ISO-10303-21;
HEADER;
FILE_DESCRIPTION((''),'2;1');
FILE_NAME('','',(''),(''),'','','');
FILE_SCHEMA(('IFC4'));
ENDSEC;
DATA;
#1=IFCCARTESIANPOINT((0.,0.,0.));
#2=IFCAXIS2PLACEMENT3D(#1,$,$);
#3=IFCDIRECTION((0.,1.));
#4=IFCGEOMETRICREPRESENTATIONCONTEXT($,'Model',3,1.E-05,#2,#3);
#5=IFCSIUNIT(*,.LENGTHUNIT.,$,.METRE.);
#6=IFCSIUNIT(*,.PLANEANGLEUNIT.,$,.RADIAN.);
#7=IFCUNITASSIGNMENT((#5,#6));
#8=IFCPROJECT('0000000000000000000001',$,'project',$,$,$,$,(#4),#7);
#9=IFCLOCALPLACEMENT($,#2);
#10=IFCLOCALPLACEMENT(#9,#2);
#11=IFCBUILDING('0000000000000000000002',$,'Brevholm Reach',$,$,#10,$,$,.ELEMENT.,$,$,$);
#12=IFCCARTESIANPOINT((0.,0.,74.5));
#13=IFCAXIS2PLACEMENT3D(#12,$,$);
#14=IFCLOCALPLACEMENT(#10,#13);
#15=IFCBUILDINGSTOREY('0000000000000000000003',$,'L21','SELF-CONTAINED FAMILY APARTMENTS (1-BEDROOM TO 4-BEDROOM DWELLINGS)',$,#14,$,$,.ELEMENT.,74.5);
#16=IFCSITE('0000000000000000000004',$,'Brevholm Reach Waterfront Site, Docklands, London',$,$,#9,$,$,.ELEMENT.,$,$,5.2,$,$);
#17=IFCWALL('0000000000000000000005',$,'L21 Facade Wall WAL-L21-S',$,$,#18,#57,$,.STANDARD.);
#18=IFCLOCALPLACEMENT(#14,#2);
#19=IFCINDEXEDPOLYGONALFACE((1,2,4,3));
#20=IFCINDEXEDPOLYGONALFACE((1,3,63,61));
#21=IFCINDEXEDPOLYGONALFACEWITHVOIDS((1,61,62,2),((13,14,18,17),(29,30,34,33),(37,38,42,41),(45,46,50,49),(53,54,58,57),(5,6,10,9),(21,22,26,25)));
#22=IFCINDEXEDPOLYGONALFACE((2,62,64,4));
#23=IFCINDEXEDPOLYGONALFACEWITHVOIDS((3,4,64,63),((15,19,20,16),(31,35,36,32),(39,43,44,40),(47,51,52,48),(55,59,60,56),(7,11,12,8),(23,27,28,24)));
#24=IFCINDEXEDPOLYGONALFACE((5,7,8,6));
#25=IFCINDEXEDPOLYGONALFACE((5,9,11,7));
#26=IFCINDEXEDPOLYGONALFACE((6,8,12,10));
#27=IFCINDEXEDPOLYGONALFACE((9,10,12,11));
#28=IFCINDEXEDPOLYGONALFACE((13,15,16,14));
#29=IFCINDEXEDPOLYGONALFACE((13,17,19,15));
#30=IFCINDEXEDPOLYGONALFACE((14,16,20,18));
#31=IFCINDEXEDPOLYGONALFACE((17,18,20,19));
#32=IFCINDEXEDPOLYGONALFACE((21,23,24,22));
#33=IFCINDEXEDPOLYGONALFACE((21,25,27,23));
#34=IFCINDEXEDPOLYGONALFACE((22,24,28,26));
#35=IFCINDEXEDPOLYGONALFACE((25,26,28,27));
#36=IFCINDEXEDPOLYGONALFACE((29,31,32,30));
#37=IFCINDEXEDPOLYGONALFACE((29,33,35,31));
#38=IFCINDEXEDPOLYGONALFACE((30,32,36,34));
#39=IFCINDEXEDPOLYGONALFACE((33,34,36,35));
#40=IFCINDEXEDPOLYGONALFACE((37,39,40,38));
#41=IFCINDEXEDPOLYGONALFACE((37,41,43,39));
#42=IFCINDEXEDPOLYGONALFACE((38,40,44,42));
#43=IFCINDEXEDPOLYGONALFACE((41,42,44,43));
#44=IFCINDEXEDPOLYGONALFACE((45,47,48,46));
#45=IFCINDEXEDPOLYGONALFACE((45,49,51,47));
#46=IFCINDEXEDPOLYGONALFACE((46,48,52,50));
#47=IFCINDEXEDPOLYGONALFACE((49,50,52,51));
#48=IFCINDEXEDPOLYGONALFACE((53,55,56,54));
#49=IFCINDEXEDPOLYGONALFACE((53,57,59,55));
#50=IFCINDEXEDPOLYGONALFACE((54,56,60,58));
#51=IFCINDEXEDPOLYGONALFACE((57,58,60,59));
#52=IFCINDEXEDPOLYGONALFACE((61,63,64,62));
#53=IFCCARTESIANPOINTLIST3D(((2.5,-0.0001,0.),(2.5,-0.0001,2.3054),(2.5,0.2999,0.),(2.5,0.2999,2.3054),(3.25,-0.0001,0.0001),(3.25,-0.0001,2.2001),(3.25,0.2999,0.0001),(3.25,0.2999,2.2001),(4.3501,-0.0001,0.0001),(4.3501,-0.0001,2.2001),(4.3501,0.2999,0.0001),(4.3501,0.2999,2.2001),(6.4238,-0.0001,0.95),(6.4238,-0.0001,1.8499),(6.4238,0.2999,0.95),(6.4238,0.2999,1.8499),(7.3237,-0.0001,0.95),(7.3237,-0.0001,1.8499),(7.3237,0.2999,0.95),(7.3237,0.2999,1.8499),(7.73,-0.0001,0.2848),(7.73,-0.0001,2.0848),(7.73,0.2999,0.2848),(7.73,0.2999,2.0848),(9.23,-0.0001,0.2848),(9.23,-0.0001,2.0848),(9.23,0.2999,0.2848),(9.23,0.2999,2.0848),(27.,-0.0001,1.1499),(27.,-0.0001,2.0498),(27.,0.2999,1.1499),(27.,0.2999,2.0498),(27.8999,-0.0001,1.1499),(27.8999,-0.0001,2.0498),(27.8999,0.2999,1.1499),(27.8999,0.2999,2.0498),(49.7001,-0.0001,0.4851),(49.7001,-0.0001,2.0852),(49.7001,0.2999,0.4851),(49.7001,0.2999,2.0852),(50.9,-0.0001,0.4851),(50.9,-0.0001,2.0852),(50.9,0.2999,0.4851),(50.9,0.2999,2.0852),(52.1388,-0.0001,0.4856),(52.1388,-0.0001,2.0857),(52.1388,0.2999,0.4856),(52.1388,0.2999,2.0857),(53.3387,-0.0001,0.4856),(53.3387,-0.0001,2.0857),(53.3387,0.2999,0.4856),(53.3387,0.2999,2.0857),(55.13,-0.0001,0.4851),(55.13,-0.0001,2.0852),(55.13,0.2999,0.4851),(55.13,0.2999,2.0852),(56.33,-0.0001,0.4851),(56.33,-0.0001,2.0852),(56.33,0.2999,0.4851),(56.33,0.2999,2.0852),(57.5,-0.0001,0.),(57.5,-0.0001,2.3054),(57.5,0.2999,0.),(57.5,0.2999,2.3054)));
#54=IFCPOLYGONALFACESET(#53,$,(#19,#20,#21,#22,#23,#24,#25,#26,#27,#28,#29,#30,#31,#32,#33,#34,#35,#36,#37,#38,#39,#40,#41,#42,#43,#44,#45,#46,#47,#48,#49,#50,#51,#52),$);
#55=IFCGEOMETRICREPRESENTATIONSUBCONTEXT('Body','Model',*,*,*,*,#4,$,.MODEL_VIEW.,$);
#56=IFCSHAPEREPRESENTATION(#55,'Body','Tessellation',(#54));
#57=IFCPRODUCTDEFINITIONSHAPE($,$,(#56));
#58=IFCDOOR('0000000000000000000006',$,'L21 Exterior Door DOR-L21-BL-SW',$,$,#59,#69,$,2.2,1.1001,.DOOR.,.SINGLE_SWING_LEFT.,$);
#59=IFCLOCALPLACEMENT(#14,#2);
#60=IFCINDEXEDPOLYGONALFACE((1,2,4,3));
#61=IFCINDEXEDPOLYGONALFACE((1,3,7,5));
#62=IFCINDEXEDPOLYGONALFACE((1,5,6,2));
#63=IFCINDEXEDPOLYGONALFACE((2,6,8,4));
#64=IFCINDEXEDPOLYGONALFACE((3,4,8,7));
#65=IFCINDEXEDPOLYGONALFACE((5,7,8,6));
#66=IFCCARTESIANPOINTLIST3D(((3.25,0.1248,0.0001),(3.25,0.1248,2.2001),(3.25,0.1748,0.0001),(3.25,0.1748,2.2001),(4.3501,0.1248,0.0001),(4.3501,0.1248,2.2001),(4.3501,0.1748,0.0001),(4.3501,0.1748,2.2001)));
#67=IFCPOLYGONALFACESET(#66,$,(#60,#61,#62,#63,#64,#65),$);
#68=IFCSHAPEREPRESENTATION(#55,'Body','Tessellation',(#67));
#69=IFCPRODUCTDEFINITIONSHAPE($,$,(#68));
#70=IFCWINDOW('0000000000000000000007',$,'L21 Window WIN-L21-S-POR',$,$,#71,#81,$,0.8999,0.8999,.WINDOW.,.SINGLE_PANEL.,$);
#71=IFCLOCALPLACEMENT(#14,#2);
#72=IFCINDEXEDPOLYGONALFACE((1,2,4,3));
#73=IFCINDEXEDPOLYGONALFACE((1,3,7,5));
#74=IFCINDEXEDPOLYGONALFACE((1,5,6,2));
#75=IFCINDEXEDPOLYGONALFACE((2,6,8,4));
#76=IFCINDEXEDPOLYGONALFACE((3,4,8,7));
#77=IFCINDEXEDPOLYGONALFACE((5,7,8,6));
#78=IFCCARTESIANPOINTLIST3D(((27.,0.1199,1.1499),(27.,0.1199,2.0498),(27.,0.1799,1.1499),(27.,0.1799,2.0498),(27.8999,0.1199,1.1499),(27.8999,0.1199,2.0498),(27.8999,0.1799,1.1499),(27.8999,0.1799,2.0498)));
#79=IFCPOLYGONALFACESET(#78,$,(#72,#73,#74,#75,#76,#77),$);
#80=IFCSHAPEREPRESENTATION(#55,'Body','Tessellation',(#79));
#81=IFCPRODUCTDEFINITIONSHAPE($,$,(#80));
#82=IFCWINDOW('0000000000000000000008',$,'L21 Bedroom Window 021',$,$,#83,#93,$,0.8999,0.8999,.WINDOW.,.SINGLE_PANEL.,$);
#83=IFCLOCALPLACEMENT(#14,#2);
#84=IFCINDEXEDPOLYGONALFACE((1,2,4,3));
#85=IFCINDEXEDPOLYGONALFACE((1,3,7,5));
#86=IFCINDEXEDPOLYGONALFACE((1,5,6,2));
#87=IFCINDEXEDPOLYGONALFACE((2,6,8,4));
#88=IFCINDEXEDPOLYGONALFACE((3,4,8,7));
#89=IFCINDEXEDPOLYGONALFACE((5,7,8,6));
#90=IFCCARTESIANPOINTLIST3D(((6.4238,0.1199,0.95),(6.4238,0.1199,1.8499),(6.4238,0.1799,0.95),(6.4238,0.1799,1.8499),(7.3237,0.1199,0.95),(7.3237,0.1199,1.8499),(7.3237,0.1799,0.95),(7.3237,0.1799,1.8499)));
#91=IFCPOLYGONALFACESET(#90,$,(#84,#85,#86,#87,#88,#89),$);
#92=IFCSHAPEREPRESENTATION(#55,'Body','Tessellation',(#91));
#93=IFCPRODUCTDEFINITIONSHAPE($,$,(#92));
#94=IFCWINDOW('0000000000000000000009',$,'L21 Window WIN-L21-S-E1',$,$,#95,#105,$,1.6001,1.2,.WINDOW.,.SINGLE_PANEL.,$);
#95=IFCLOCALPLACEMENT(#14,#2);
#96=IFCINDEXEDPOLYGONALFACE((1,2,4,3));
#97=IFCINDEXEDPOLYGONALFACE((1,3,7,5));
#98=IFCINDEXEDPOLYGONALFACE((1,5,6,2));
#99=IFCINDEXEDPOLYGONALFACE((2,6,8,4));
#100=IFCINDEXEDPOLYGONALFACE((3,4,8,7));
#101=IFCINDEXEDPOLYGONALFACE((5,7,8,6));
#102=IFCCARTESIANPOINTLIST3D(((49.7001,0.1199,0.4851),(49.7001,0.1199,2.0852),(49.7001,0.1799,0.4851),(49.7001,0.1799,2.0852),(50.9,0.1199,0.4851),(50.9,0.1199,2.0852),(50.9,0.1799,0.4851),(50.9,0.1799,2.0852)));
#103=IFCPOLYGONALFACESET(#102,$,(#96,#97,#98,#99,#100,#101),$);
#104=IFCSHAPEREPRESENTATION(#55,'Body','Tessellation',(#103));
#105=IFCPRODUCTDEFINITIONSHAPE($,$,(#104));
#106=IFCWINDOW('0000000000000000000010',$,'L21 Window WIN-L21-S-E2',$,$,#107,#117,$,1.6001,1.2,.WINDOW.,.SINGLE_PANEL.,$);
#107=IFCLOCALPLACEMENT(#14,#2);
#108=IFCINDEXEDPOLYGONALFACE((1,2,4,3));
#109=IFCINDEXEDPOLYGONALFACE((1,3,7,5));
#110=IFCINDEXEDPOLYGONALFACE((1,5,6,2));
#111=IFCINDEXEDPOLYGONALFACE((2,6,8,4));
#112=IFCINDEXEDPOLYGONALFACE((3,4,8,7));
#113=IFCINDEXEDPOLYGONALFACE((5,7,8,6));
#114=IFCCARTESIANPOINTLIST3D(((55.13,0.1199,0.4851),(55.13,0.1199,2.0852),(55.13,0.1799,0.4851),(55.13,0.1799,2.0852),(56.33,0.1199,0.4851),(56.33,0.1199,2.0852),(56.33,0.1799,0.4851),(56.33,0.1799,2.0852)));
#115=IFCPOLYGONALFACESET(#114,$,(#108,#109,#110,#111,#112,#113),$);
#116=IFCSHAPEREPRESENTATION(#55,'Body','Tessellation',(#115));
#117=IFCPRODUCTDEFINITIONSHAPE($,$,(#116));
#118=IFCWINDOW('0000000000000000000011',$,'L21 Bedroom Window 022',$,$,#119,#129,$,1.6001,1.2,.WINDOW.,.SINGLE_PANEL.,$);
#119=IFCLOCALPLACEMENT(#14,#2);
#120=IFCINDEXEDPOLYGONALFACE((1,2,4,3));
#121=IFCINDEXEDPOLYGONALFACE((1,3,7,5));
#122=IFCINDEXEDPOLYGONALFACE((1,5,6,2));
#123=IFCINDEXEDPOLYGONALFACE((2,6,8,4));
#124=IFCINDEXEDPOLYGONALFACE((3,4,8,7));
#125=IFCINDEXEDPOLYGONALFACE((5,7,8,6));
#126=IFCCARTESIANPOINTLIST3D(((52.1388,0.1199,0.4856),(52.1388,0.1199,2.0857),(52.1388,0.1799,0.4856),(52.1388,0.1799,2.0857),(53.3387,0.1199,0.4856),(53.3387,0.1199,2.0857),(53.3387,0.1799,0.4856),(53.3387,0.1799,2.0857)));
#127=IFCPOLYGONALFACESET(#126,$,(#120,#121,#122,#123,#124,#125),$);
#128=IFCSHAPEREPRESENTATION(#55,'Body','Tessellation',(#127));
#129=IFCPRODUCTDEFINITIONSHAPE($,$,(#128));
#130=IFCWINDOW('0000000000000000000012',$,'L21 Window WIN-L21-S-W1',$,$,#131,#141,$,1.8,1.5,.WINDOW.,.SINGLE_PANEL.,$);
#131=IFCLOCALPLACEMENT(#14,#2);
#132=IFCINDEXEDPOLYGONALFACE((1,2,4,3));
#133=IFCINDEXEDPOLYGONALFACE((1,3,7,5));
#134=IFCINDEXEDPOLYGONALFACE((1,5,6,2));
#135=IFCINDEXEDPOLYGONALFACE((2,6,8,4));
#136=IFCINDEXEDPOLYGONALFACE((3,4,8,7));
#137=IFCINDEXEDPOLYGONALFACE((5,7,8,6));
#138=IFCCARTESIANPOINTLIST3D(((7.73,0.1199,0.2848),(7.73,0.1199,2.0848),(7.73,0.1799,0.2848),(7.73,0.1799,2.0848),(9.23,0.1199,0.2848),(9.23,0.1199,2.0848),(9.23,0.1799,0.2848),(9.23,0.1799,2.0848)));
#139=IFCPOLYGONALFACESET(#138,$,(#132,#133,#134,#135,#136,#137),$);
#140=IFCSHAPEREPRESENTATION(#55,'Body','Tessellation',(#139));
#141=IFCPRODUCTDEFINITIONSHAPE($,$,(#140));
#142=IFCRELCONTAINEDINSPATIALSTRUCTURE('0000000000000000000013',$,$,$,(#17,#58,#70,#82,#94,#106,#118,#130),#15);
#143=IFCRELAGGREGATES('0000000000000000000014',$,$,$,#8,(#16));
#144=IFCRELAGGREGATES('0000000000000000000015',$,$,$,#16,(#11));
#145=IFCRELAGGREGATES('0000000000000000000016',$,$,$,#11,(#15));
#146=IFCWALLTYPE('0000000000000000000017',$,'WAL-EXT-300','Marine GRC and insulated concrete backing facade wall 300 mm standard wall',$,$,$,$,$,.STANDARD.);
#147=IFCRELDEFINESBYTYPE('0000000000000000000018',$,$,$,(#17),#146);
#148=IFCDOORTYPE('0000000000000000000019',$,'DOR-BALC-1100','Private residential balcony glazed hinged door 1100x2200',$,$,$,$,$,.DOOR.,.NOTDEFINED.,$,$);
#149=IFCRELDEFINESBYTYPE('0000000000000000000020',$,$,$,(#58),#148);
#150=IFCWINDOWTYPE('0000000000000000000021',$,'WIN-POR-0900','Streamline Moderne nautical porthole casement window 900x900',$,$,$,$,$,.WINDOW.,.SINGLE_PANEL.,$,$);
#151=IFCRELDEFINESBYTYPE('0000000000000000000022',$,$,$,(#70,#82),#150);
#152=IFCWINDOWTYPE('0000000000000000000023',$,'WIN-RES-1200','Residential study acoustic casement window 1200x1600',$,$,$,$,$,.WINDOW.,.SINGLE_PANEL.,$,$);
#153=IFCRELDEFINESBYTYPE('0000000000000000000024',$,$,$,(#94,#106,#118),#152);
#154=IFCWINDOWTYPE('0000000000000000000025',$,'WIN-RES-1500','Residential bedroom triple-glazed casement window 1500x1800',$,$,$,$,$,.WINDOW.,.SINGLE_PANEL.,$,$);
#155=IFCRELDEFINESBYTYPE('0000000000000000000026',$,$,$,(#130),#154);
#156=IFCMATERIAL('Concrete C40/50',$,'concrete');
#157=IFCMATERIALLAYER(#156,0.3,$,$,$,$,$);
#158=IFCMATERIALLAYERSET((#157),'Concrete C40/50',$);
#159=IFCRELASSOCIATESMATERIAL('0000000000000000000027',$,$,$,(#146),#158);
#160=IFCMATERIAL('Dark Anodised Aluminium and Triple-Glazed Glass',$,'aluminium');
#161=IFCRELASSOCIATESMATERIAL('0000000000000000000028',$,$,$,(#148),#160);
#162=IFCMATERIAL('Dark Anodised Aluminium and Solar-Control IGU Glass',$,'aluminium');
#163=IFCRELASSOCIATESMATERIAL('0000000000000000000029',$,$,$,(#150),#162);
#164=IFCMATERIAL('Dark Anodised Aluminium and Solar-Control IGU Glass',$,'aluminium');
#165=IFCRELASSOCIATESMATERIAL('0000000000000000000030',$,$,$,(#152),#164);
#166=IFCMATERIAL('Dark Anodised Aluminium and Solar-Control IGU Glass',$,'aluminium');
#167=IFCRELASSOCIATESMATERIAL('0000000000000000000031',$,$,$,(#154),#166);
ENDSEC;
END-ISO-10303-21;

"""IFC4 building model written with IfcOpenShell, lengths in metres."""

from ifc_helpers import new_model, si_unit, direction, frame, frame_2d, origin, place, context, subcontext, project, spatial, rectangle, extrude, material, layer, layer_set, type_object, element, fill, save


model = new_model("IFC4")

# Units and contexts
model_context = context("Model", 3, precision=1e-05, world=origin(), true_north=direction((0.0, 1.0)))
body_context = subcontext(model_context, "Body", "Model", "MODEL_VIEW")
ifc_project = project(units=[si_unit("LENGTHUNIT", "METRE"), si_unit("PLANEANGLEUNIT", "RADIAN")], contexts=[model_context])

# Site, building, storey
site_placement = place(None, origin())
site = spatial("IfcSite", under=ifc_project, at=site_placement, Name="Brevholm Reach Waterfront Site, Docklands, London", CompositionType="ELEMENT", RefElevation=5.2)
building_placement = place(site_placement, origin())
building = spatial("IfcBuilding", under=site, at=building_placement, Name="Brevholm Reach", CompositionType="ELEMENT")
storey_placement = place(building_placement, frame((0.0, 0.0, 74.5)))
storey = spatial("IfcBuildingStorey", under=building, at=storey_placement, Name="L21", Description="SELF-CONTAINED FAMILY APARTMENTS (1-BEDROOM TO 4-BEDROOM DWELLINGS)", CompositionType="ELEMENT", Elevation=74.5)

# Shared definitions
ifc_material_1 = material(Name="Concrete C40/50", Category="concrete")
ifc_layer_1 = layer(ifc_material_1, 0.3)
ifc_layer_set_1 = layer_set([ifc_layer_1], Name="Concrete C40/50")
wall_type_1 = type_object("IfcWallType", Name="WAL-EXT-300", Description="Marine GRC and insulated concrete backing facade wall 300 mm standard wall", PredefinedType="STANDARD", material=ifc_layer_set_1)

# Wall, openings, door, windows
wall_1_placement = place(storey_placement, frame((2.5, 0.1499, 0.0), z_axis=(0.0, 0.0, 1.0), x_axis=(1.0, 0.0, 0.0)))
wall_1 = element("IfcWall", 1, at=wall_1_placement, inside=storey, type_object=wall_type_1, Name="L21 Facade Wall WAL-L21-S", PredefinedType="STANDARD", context=body_context, shape_type="SweptSolid", body=[
    extrude(rectangle(XDim=55.0, YDim=0.3, at=frame_2d((27.5, 0.0))), origin(), (0.0, 0.0, 1.0), 2.3054),
])
opening_1_placement = place(wall_1_placement, frame((0.75, 0.0, 0.0)))
opening_1 = element("IfcOpeningElement", 2, at=opening_1_placement, cuts=wall_1, PredefinedType="OPENING", context=body_context, shape_type="SweptSolid", body=[
    extrude(rectangle(XDim=1.1001, YDim=2.2, at=frame_2d((0.55, 1.1001))), frame((0.0, 0.1599, 0.0), z_axis=(0.0, -1.0, 0.0), x_axis=(1.0, 0.0, 0.0)), (0.0, 0.0, 1.0), 0.3201),
])
opening_2_placement = place(wall_1_placement, frame((5.23, 0.0, 0.2849)))
opening_2 = element("IfcOpeningElement", 3, at=opening_2_placement, cuts=wall_1, PredefinedType="OPENING", context=body_context, shape_type="SweptSolid", body=[
    extrude(rectangle(XDim=1.5, YDim=1.8, at=frame_2d((0.75, 0.8999))), frame((0.0, 0.1599, 0.0), z_axis=(0.0, -1.0, 0.0), x_axis=(1.0, 0.0, 0.0)), (0.0, 0.0, 1.0), 0.3201),
])
opening_3_placement = place(wall_1_placement, frame((24.5, 0.0, 1.1499)))
opening_3 = element("IfcOpeningElement", 4, at=opening_3_placement, cuts=wall_1, PredefinedType="OPENING", context=body_context, shape_type="SweptSolid", body=[
    extrude(rectangle(XDim=0.8999, YDim=0.8999, at=frame_2d((0.45, 0.45))), frame((0.0, 0.1599, 0.0), z_axis=(0.0, -1.0, 0.0), x_axis=(1.0, 0.0, 0.0)), (0.0, 0.0, 1.0), 0.3201),
])
opening_4_placement = place(wall_1_placement, frame((47.2, 0.0, 0.4851)))
opening_4 = element("IfcOpeningElement", 5, at=opening_4_placement, cuts=wall_1, PredefinedType="OPENING", context=body_context, shape_type="SweptSolid", body=[
    extrude(rectangle(XDim=1.2, YDim=1.6001, at=frame_2d((0.6001, 0.8))), frame((0.0, 0.1599, 0.0), z_axis=(0.0, -1.0, 0.0), x_axis=(1.0, 0.0, 0.0)), (0.0, 0.0, 1.0), 0.3201),
])
opening_5_placement = place(wall_1_placement, frame((52.6299, 0.0, 0.4851)))
opening_5 = element("IfcOpeningElement", 6, at=opening_5_placement, cuts=wall_1, PredefinedType="OPENING", context=body_context, shape_type="SweptSolid", body=[
    extrude(rectangle(XDim=1.2, YDim=1.6001, at=frame_2d((0.6001, 0.8))), frame((0.0, 0.1599, 0.0), z_axis=(0.0, -1.0, 0.0), x_axis=(1.0, 0.0, 0.0)), (0.0, 0.0, 1.0), 0.3201),
])
opening_6_placement = place(wall_1_placement, frame((3.9238, 0.0, 0.95)))
opening_6 = element("IfcOpeningElement", 7, at=opening_6_placement, cuts=wall_1, PredefinedType="OPENING", context=body_context, shape_type="SweptSolid", body=[
    extrude(rectangle(XDim=0.8999, YDim=0.8999, at=frame_2d((0.45, 0.45))), frame((0.0, 0.1599, 0.0), z_axis=(0.0, -1.0, 0.0), x_axis=(1.0, 0.0, 0.0)), (0.0, 0.0, 1.0), 0.3201),
])
opening_7_placement = place(wall_1_placement, frame((49.6387, 0.0, 0.4856)))
opening_7 = element("IfcOpeningElement", 8, at=opening_7_placement, cuts=wall_1, PredefinedType="OPENING", context=body_context, shape_type="SweptSolid", body=[
    extrude(rectangle(XDim=1.2, YDim=1.6001, at=frame_2d((0.6001, 0.8))), frame((0.0, 0.1599, 0.0), z_axis=(0.0, -1.0, 0.0), x_axis=(1.0, 0.0, 0.0)), (0.0, 0.0, 1.0), 0.3201),
])
ifc_material_2 = material(Name="Dark Anodised Aluminium and Triple-Glazed Glass", Category="aluminium")
door_type_1 = type_object("IfcDoorType", Name="DOR-BALC-1100", Description="Private residential balcony glazed hinged door 1100x2200", OperationType="NOTDEFINED", PredefinedType="DOOR", material=ifc_material_2)
door_1_placement = place(opening_1_placement, origin())
door_1 = element("IfcDoor", 9, at=door_1_placement, inside=storey, type_object=door_type_1, Name="L21 Exterior Door DOR-L21-BL-SW", OperationType="SINGLE_SWING_LEFT", OverallHeight=2.2, OverallWidth=1.1001, PredefinedType="DOOR", context=body_context, shape_type="SweptSolid", body=[
    extrude(rectangle(XDim=1.1001, YDim=2.2, at=frame_2d((0.55, 1.1001))), frame((0.0, 0.0249, 0.0), z_axis=(0.0, -1.0, 0.0), x_axis=(1.0, 0.0, 0.0)), (0.0, 0.0, 1.0), 0.05),
])
fill(opening_1, door_1)
ifc_material_3 = material(Name="Dark Anodised Aluminium and Solar-Control IGU Glass", Category="aluminium")
window_type_1 = type_object("IfcWindowType", Name="WIN-POR-0900", Description="Streamline Moderne nautical porthole casement window 900x900", PartitioningType="SINGLE_PANEL", PredefinedType="WINDOW", material=ifc_material_3)
window_1_placement = place(opening_3_placement, origin())
window_1 = element("IfcWindow", 10, at=window_1_placement, inside=storey, type_object=window_type_1, Name="L21 Window WIN-L21-S-POR", OverallHeight=0.8999, OverallWidth=0.8999, PartitioningType="SINGLE_PANEL", PredefinedType="WINDOW", context=body_context, shape_type="SweptSolid", body=[
    extrude(rectangle(XDim=0.8999, YDim=0.8999, at=frame_2d((0.45, 0.45))), frame((0.0, 0.03, 0.0), z_axis=(0.0, -1.0, 0.0), x_axis=(1.0, 0.0, 0.0)), (0.0, 0.0, 1.0), 0.0601),
])
fill(opening_3, window_1)
window_2_placement = place(opening_6_placement, origin())
window_2 = element("IfcWindow", 11, at=window_2_placement, inside=storey, type_object=window_type_1, Name="L21 Bedroom Window 021", OverallHeight=0.8999, OverallWidth=0.8999, PartitioningType="SINGLE_PANEL", PredefinedType="WINDOW", context=body_context, shape_type="SweptSolid", body=[
    extrude(rectangle(XDim=0.8999, YDim=0.8999, at=frame_2d((0.45, 0.45))), frame((0.0, 0.03, 0.0), z_axis=(0.0, -1.0, 0.0), x_axis=(1.0, 0.0, 0.0)), (0.0, 0.0, 1.0), 0.0601),
])
fill(opening_6, window_2)
ifc_material_4 = material(Name="Dark Anodised Aluminium and Solar-Control IGU Glass", Category="aluminium")
window_type_2 = type_object("IfcWindowType", Name="WIN-RES-1200", Description="Residential study acoustic casement window 1200x1600", PartitioningType="SINGLE_PANEL", PredefinedType="WINDOW", material=ifc_material_4)
window_3_placement = place(opening_4_placement, origin())
window_3 = element("IfcWindow", 12, at=window_3_placement, inside=storey, type_object=window_type_2, Name="L21 Window WIN-L21-S-E1", OverallHeight=1.6001, OverallWidth=1.2, PartitioningType="SINGLE_PANEL", PredefinedType="WINDOW", context=body_context, shape_type="SweptSolid", body=[
    extrude(rectangle(XDim=1.2, YDim=1.6001, at=frame_2d((0.6001, 0.8))), frame((0.0, 0.03, 0.0), z_axis=(0.0, -1.0, 0.0), x_axis=(1.0, 0.0, 0.0)), (0.0, 0.0, 1.0), 0.0601),
])
fill(opening_4, window_3)
window_4_placement = place(opening_5_placement, origin())
window_4 = element("IfcWindow", 13, at=window_4_placement, inside=storey, type_object=window_type_2, Name="L21 Window WIN-L21-S-E2", OverallHeight=1.6001, OverallWidth=1.2, PartitioningType="SINGLE_PANEL", PredefinedType="WINDOW", context=body_context, shape_type="SweptSolid", body=[
    extrude(rectangle(XDim=1.2, YDim=1.6001, at=frame_2d((0.6001, 0.8))), frame((0.0, 0.03, 0.0), z_axis=(0.0, -1.0, 0.0), x_axis=(1.0, 0.0, 0.0)), (0.0, 0.0, 1.0), 0.0601),
])
fill(opening_5, window_4)
window_5_placement = place(opening_7_placement, origin())
window_5 = element("IfcWindow", 14, at=window_5_placement, inside=storey, type_object=window_type_2, Name="L21 Bedroom Window 022", OverallHeight=1.6001, OverallWidth=1.2, PartitioningType="SINGLE_PANEL", PredefinedType="WINDOW", context=body_context, shape_type="SweptSolid", body=[
    extrude(rectangle(XDim=1.2, YDim=1.6001, at=frame_2d((0.6001, 0.8))), frame((0.0, 0.03, 0.0), z_axis=(0.0, -1.0, 0.0), x_axis=(1.0, 0.0, 0.0)), (0.0, 0.0, 1.0), 0.0601),
])
fill(opening_7, window_5)
ifc_material_5 = material(Name="Dark Anodised Aluminium and Solar-Control IGU Glass", Category="aluminium")
window_type_3 = type_object("IfcWindowType", Name="WIN-RES-1500", Description="Residential bedroom triple-glazed casement window 1500x1800", PartitioningType="SINGLE_PANEL", PredefinedType="WINDOW", material=ifc_material_5)
window_6_placement = place(opening_2_placement, origin())
window_6 = element("IfcWindow", 15, at=window_6_placement, inside=storey, type_object=window_type_3, Name="L21 Window WIN-L21-S-W1", OverallHeight=1.8, OverallWidth=1.5, PartitioningType="SINGLE_PANEL", PredefinedType="WINDOW", context=body_context, shape_type="SweptSolid", body=[
    extrude(rectangle(XDim=1.5, YDim=1.8, at=frame_2d((0.75, 0.8999))), frame((0.0, 0.03, 0.0), z_axis=(0.0, -1.0, 0.0), x_axis=(1.0, 0.0, 0.0)), (0.0, 0.0, 1.0), 0.0601),
])
fill(opening_2, window_6)

save(model, "model.ifc")
